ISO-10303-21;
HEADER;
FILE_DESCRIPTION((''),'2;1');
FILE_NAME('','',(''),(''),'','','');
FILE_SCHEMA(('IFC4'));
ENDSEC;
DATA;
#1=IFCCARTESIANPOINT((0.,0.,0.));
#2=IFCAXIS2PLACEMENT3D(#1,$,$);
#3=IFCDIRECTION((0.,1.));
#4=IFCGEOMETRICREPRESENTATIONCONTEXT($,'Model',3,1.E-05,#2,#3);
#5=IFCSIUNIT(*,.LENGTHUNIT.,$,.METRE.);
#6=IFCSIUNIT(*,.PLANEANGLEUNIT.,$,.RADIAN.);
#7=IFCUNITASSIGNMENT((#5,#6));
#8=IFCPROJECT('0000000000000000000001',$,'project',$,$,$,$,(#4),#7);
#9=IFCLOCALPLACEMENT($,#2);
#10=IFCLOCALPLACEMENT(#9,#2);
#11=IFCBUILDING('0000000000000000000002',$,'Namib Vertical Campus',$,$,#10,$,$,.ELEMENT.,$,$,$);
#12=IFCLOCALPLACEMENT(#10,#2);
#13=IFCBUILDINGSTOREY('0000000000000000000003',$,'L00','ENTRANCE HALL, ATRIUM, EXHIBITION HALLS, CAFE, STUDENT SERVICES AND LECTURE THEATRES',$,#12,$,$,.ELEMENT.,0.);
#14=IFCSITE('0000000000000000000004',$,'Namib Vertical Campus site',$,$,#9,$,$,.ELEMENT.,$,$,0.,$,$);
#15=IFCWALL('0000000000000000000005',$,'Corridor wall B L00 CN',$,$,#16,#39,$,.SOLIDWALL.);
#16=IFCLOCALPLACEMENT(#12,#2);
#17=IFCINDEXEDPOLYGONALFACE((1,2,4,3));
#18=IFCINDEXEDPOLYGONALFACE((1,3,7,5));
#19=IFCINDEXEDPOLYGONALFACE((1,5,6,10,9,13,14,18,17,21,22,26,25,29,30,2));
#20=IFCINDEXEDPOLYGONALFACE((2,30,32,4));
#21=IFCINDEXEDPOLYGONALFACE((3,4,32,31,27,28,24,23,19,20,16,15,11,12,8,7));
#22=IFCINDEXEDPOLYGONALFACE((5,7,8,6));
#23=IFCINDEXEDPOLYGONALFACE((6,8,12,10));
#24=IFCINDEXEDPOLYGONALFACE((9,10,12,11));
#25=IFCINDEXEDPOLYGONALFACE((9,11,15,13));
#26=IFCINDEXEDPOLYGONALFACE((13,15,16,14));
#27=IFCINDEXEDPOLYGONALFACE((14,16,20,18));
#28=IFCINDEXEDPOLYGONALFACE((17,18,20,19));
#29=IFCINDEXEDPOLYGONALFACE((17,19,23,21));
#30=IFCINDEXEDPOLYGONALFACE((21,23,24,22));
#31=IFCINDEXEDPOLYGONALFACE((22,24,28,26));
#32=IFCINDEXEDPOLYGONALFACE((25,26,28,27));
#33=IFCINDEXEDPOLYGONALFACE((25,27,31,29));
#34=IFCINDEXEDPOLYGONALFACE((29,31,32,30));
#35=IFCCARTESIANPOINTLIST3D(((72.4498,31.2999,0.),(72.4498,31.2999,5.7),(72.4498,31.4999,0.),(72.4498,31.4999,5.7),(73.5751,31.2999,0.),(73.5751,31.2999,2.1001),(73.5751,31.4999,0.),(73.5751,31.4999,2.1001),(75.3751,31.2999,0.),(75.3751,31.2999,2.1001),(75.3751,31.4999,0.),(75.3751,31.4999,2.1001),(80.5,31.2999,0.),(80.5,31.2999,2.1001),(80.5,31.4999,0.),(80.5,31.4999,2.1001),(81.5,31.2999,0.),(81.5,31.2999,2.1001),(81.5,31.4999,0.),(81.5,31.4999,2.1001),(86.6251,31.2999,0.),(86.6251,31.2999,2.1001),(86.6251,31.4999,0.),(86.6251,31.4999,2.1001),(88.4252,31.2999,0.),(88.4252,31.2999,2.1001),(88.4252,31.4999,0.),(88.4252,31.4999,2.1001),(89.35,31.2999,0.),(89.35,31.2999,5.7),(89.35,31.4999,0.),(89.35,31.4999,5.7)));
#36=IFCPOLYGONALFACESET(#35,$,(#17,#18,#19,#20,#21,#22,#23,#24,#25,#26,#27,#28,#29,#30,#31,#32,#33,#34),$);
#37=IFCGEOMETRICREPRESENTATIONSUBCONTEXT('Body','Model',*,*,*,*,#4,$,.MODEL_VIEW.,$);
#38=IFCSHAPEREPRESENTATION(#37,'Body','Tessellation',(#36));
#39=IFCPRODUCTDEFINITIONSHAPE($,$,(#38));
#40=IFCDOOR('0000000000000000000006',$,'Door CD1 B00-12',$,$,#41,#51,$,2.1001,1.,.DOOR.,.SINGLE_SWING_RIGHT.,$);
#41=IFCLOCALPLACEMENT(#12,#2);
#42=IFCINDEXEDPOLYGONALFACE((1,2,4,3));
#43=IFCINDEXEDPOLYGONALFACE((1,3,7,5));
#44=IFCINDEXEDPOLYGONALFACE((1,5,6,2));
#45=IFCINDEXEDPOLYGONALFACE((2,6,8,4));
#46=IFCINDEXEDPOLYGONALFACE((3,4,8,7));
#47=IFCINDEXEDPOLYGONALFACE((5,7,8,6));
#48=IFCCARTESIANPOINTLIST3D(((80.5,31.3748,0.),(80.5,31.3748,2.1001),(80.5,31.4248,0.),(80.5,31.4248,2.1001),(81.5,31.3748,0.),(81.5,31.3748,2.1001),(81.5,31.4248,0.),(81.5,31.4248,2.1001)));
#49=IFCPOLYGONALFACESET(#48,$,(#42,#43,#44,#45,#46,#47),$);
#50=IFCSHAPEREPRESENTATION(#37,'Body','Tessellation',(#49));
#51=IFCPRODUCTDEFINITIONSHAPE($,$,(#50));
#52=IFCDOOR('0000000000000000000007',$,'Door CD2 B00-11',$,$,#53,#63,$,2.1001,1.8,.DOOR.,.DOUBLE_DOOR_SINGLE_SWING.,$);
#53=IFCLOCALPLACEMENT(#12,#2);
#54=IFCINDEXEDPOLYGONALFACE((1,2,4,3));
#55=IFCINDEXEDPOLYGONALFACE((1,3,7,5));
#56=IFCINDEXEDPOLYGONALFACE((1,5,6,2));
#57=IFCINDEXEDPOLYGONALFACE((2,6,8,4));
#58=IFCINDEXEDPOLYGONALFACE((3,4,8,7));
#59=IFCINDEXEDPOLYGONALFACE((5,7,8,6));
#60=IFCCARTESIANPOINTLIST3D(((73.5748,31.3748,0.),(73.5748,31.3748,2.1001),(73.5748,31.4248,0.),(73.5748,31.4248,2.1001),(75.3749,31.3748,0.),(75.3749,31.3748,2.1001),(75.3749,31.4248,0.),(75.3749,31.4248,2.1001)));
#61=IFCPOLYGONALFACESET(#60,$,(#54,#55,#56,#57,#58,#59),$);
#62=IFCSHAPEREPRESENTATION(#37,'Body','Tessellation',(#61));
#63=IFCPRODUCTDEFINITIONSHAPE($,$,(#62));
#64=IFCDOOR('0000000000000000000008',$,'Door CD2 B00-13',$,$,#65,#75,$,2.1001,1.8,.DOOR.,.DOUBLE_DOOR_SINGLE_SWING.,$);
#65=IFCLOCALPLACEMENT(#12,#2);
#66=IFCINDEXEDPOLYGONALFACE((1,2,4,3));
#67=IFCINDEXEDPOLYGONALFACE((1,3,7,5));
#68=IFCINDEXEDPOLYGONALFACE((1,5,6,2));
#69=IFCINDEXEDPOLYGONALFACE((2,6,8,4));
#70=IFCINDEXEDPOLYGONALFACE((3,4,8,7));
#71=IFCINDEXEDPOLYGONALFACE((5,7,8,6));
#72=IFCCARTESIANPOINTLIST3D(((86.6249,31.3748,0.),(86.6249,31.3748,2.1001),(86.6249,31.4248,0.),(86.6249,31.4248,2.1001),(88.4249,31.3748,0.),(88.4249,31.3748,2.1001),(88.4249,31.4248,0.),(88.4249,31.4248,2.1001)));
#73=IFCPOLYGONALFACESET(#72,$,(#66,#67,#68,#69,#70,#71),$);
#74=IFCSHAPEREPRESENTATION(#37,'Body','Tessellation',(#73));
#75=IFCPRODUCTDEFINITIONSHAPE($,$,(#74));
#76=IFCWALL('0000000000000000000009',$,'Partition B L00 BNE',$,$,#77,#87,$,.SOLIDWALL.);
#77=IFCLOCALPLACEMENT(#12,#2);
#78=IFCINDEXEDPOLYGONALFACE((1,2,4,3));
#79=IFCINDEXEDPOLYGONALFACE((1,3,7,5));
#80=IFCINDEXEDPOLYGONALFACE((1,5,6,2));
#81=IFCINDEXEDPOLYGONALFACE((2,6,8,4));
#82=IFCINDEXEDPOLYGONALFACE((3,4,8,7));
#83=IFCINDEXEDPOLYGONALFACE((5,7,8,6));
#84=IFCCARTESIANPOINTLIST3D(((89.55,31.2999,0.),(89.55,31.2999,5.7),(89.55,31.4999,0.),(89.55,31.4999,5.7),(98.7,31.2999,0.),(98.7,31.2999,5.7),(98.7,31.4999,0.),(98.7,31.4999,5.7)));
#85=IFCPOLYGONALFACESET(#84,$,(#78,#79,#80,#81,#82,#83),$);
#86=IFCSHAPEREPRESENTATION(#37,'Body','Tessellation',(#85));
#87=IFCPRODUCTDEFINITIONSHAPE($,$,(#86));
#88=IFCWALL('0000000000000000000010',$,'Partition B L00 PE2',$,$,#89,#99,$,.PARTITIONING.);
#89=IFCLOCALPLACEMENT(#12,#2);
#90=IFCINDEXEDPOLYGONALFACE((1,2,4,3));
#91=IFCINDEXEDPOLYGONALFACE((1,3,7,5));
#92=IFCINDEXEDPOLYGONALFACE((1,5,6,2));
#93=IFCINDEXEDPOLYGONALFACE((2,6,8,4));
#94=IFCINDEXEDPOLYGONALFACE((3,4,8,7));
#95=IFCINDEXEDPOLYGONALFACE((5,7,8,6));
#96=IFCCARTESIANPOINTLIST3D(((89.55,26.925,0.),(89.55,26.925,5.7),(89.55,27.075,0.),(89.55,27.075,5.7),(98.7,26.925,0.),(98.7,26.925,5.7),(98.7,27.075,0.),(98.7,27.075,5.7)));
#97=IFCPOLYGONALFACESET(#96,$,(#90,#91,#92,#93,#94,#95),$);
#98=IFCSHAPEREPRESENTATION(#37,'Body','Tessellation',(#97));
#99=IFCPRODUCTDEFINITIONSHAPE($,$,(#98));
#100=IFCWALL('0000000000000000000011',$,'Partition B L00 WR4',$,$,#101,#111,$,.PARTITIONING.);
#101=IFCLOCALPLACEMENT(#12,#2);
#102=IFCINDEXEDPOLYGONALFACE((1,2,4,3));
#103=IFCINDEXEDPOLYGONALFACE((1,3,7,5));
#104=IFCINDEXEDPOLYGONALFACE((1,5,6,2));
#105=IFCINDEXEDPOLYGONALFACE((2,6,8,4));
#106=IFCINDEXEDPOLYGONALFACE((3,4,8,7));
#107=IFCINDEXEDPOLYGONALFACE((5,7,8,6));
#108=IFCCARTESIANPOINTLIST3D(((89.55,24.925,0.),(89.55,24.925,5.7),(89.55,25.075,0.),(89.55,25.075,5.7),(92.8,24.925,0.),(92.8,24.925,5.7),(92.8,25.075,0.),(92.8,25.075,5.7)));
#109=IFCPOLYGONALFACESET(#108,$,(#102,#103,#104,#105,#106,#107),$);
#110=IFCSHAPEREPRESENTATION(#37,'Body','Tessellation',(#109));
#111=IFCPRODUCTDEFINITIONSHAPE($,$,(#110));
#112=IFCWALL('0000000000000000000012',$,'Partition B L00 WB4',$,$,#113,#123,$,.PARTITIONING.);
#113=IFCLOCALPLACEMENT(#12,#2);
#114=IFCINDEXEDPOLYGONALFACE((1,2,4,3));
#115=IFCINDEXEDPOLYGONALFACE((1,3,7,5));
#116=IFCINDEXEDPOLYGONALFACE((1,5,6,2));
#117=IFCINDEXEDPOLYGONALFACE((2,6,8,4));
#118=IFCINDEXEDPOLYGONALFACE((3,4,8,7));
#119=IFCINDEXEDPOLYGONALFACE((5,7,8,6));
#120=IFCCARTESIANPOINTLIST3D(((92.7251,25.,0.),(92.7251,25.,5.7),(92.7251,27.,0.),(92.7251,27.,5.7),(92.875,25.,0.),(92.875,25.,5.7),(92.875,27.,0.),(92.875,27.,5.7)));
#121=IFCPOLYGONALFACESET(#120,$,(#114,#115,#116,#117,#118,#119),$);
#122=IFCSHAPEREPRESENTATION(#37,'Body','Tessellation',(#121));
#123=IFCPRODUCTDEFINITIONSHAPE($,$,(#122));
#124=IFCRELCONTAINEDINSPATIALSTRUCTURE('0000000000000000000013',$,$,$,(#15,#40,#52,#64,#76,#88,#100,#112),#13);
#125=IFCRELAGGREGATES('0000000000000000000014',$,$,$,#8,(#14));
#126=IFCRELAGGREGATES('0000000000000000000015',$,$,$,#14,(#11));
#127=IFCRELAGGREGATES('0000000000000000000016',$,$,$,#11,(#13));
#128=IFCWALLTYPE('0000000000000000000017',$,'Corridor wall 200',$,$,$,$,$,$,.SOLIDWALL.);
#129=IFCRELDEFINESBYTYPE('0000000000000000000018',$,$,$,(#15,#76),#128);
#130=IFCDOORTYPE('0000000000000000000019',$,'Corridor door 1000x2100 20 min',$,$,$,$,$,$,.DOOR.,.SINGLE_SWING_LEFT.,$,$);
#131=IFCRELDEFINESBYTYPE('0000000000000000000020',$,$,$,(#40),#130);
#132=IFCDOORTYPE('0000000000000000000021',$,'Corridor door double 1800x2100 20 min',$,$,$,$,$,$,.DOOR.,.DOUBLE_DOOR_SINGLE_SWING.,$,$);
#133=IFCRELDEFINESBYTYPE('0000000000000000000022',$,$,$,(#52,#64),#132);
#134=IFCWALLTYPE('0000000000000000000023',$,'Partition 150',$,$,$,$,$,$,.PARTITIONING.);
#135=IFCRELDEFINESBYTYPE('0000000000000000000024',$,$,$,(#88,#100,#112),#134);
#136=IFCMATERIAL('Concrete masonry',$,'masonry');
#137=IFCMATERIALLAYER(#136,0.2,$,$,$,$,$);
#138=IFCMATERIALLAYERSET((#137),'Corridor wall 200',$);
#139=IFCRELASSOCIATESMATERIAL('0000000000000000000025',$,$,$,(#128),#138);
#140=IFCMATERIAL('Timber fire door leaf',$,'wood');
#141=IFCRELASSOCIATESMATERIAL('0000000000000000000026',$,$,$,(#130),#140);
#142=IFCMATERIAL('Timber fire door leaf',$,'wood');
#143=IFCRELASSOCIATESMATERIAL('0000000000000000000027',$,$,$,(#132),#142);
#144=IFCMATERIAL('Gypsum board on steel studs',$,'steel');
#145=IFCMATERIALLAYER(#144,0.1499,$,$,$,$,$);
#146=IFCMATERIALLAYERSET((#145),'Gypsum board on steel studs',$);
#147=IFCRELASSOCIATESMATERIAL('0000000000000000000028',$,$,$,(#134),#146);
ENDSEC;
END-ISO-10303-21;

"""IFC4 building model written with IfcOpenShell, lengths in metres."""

from ifc_helpers import new_model, si_unit, direction, frame, frame_2d, origin, place, context, subcontext, project, spatial, rectangle, extrude, material, layer, layer_set, type_object, element, fill, save


model = new_model("IFC4")

# Units and contexts
model_context = context("Model", 3, precision=1e-05, world=origin(), true_north=direction((0.0, 1.0)))
body_context = subcontext(model_context, "Body", "Model", "MODEL_VIEW")
ifc_project = project(units=[si_unit("LENGTHUNIT", "METRE"), si_unit("PLANEANGLEUNIT", "RADIAN")], contexts=[model_context])

# Site, building, storey
site_placement = place(None, origin())
site = spatial("IfcSite", under=ifc_project, at=site_placement, Name="Namib Vertical Campus site", CompositionType="ELEMENT", RefElevation=0.0)
building_placement = place(site_placement, origin())
building = spatial("IfcBuilding", under=site, at=building_placement, Name="Namib Vertical Campus", CompositionType="ELEMENT")
storey_placement = place(building_placement, origin())
storey = spatial("IfcBuildingStorey", under=building, at=storey_placement, Name="L00", Description="ENTRANCE HALL, ATRIUM, EXHIBITION HALLS, CAFE, STUDENT SERVICES AND LECTURE THEATRES", CompositionType="ELEMENT", Elevation=0.0)

# Wall, openings, doors
ifc_material_1 = material(Name="Concrete masonry", Category="masonry")
ifc_layer_1 = layer(ifc_material_1, 0.2)
ifc_layer_set_1 = layer_set([ifc_layer_1], Name="Corridor wall 200")
wall_type_1 = type_object("IfcWallType", Name="Corridor wall 200", PredefinedType="SOLIDWALL", material=ifc_layer_set_1)
wall_1_placement = place(storey_placement, frame((89.3501, 31.3999, 0.0), z_axis=(0.0, 0.0, 1.0), x_axis=(-1.0, 0.0, 0.0)))
wall_1 = element("IfcWall", 1, at=wall_1_placement, inside=storey, type_object=wall_type_1, Name="Corridor wall B L00 CN", PredefinedType="SOLIDWALL", context=body_context, shape_type="SweptSolid", body=[
    extrude(rectangle(XDim=16.9001, YDim=0.2, at=frame_2d((8.4502, 0.0))), origin(), (0.0, 0.0, 1.0), 5.7),
])
opening_1_placement = place(wall_1_placement, frame((13.9751, 0.0, 0.0)))
opening_1 = element("IfcOpeningElement", 2, at=opening_1_placement, cuts=wall_1, PredefinedType="OPENING", context=body_context, shape_type="SweptSolid", body=[
    extrude(rectangle(XDim=1.8, YDim=2.1001, at=frame_2d((0.8999, 1.05))), frame((0.0, 0.1099, 0.0), z_axis=(0.0, -1.0, 0.0), x_axis=(1.0, 0.0, 0.0)), (0.0, 0.0, 1.0), 0.22),
])
opening_2_placement = place(wall_1_placement, frame((7.8501, 0.0, 0.0)))
opening_2 = element("IfcOpeningElement", 3, at=opening_2_placement, cuts=wall_1, PredefinedType="OPENING", context=body_context, shape_type="SweptSolid", body=[
    extrude(rectangle(XDim=1.0, YDim=2.1001, at=frame_2d((0.5, 1.05))), frame((0.0, 0.1099, 0.0), z_axis=(0.0, -1.0, 0.0), x_axis=(1.0, 0.0, 0.0)), (0.0, 0.0, 1.0), 0.22),
])
opening_3_placement = place(wall_1_placement, frame((0.925, 0.0, 0.0)))
opening_3 = element("IfcOpeningElement", 4, at=opening_3_placement, cuts=wall_1, PredefinedType="OPENING", context=body_context, shape_type="SweptSolid", body=[
    extrude(rectangle(XDim=1.8, YDim=2.1001, at=frame_2d((0.8999, 1.05))), frame((0.0, 0.1099, 0.0), z_axis=(0.0, -1.0, 0.0), x_axis=(1.0, 0.0, 0.0)), (0.0, 0.0, 1.0), 0.22),
])
ifc_material_2 = material(Name="Timber fire door leaf", Category="wood")
door_type_1 = type_object("IfcDoorType", Name="Corridor door 1000x2100 20 min", OperationType="SINGLE_SWING_LEFT", PredefinedType="DOOR", material=ifc_material_2)
door_1_placement = place(opening_2_placement, frame((1.0, 0.0, 0.0), z_axis=(0.0, 0.0, 1.0), x_axis=(-1.0, 0.0, 0.0)))
door_1 = element("IfcDoor", 5, at=door_1_placement, inside=storey, type_object=door_type_1, Name="Door CD1 B00-12", OperationType="SINGLE_SWING_RIGHT", OverallHeight=2.1001, OverallWidth=1.0, PredefinedType="DOOR", context=body_context, shape_type="SweptSolid", body=[
    extrude(rectangle(XDim=1.0, YDim=2.1001, at=frame_2d((0.5, 1.05))), frame((0.0, 0.0249, 0.0), z_axis=(0.0, -1.0, 0.0), x_axis=(1.0, 0.0, 0.0)), (0.0, 0.0, 1.0), 0.05),
])
fill(opening_2, door_1)
ifc_material_3 = material(Name="Timber fire door leaf", Category="wood")
door_type_2 = type_object("IfcDoorType", Name="Corridor door double 1800x2100 20 min", OperationType="DOUBLE_DOOR_SINGLE_SWING", PredefinedType="DOOR", material=ifc_material_3)
door_2_placement = place(opening_1_placement, frame((1.8, 0.0, 0.0), z_axis=(0.0, 0.0, 1.0), x_axis=(-1.0, 0.0, 0.0)))
door_2 = element("IfcDoor", 6, at=door_2_placement, inside=storey, type_object=door_type_2, Name="Door CD2 B00-11", OperationType="DOUBLE_DOOR_SINGLE_SWING", OverallHeight=2.1001, OverallWidth=1.8, PredefinedType="DOOR", context=body_context, shape_type="SweptSolid", body=[
    extrude(rectangle(XDim=1.8, YDim=2.1001, at=frame_2d((0.8999, 1.05))), frame((0.0, 0.0249, 0.0), z_axis=(0.0, -1.0, 0.0), x_axis=(1.0, 0.0, 0.0)), (0.0, 0.0, 1.0), 0.05),
])
fill(opening_1, door_2)
door_3_placement = place(opening_3_placement, frame((1.8, 0.0, 0.0), z_axis=(0.0, 0.0, 1.0), x_axis=(-1.0, 0.0, 0.0)))
door_3 = element("IfcDoor", 7, at=door_3_placement, inside=storey, type_object=door_type_2, Name="Door CD2 B00-13", OperationType="DOUBLE_DOOR_SINGLE_SWING", OverallHeight=2.1001, OverallWidth=1.8, PredefinedType="DOOR", context=body_context, shape_type="SweptSolid", body=[
    extrude(rectangle(XDim=1.8, YDim=2.1001, at=frame_2d((0.8999, 1.05))), frame((0.0, 0.0249, 0.0), z_axis=(0.0, -1.0, 0.0), x_axis=(1.0, 0.0, 0.0)), (0.0, 0.0, 1.0), 0.05),
])
fill(opening_3, door_3)

# Wall
wall_2_placement = place(storey_placement, frame((89.55, 31.3999, 0.0), z_axis=(0.0, 0.0, 1.0), x_axis=(1.0, 0.0, 0.0)))
element("IfcWall", 8, at=wall_2_placement, inside=storey, type_object=wall_type_1, Name="Partition B L00 BNE", PredefinedType="SOLIDWALL", context=body_context, shape_type="SweptSolid", body=[
    extrude(rectangle(XDim=9.1499, YDim=0.2, at=frame_2d((4.575, 0.0))), origin(), (0.0, 0.0, 1.0), 5.7),
])

# Walls
ifc_material_4 = material(Name="Gypsum board on steel studs", Category="steel")
ifc_layer_2 = layer(ifc_material_4, 0.1499)
ifc_layer_set_2 = layer_set([ifc_layer_2], Name="Gypsum board on steel studs")
wall_type_2 = type_object("IfcWallType", Name="Partition 150", PredefinedType="PARTITIONING", material=ifc_layer_set_2)
wall_3_placement = place(storey_placement, frame((89.55, 27.0, 0.0), z_axis=(0.0, 0.0, 1.0), x_axis=(1.0, 0.0, 0.0)))
element("IfcWall", 9, at=wall_3_placement, inside=storey, type_object=wall_type_2, Name="Partition B L00 PE2", PredefinedType="PARTITIONING", context=body_context, shape_type="SweptSolid", body=[
    extrude(rectangle(XDim=9.1499, YDim=0.1499, at=frame_2d((4.575, 0.0))), origin(), (0.0, 0.0, 1.0), 5.7),
])
wall_4_placement = place(storey_placement, frame((89.55, 25.0, 0.0), z_axis=(0.0, 0.0, 1.0), x_axis=(1.0, 0.0, 0.0)))
element("IfcWall", 10, at=wall_4_placement, inside=storey, type_object=wall_type_2, Name="Partition B L00 WR4", PredefinedType="PARTITIONING", context=body_context, shape_type="SweptSolid", body=[
    extrude(rectangle(XDim=3.25, YDim=0.1499, at=frame_2d((1.625, 0.0))), origin(), (0.0, 0.0, 1.0), 5.7),
])
wall_5_placement = place(storey_placement, frame((92.8, 25.0, 0.0), z_axis=(0.0, 0.0, 1.0), x_axis=(0.0, 1.0, 0.0)))
element("IfcWall", 11, at=wall_5_placement, inside=storey, type_object=wall_type_2, Name="Partition B L00 WB4", PredefinedType="PARTITIONING", context=body_context, shape_type="SweptSolid", body=[
    extrude(rectangle(XDim=2.0, YDim=0.1499, at=frame_2d((1.0, 0.0))), origin(), (0.0, 0.0, 1.0), 5.7),
])

save(model, "model.ifc")
